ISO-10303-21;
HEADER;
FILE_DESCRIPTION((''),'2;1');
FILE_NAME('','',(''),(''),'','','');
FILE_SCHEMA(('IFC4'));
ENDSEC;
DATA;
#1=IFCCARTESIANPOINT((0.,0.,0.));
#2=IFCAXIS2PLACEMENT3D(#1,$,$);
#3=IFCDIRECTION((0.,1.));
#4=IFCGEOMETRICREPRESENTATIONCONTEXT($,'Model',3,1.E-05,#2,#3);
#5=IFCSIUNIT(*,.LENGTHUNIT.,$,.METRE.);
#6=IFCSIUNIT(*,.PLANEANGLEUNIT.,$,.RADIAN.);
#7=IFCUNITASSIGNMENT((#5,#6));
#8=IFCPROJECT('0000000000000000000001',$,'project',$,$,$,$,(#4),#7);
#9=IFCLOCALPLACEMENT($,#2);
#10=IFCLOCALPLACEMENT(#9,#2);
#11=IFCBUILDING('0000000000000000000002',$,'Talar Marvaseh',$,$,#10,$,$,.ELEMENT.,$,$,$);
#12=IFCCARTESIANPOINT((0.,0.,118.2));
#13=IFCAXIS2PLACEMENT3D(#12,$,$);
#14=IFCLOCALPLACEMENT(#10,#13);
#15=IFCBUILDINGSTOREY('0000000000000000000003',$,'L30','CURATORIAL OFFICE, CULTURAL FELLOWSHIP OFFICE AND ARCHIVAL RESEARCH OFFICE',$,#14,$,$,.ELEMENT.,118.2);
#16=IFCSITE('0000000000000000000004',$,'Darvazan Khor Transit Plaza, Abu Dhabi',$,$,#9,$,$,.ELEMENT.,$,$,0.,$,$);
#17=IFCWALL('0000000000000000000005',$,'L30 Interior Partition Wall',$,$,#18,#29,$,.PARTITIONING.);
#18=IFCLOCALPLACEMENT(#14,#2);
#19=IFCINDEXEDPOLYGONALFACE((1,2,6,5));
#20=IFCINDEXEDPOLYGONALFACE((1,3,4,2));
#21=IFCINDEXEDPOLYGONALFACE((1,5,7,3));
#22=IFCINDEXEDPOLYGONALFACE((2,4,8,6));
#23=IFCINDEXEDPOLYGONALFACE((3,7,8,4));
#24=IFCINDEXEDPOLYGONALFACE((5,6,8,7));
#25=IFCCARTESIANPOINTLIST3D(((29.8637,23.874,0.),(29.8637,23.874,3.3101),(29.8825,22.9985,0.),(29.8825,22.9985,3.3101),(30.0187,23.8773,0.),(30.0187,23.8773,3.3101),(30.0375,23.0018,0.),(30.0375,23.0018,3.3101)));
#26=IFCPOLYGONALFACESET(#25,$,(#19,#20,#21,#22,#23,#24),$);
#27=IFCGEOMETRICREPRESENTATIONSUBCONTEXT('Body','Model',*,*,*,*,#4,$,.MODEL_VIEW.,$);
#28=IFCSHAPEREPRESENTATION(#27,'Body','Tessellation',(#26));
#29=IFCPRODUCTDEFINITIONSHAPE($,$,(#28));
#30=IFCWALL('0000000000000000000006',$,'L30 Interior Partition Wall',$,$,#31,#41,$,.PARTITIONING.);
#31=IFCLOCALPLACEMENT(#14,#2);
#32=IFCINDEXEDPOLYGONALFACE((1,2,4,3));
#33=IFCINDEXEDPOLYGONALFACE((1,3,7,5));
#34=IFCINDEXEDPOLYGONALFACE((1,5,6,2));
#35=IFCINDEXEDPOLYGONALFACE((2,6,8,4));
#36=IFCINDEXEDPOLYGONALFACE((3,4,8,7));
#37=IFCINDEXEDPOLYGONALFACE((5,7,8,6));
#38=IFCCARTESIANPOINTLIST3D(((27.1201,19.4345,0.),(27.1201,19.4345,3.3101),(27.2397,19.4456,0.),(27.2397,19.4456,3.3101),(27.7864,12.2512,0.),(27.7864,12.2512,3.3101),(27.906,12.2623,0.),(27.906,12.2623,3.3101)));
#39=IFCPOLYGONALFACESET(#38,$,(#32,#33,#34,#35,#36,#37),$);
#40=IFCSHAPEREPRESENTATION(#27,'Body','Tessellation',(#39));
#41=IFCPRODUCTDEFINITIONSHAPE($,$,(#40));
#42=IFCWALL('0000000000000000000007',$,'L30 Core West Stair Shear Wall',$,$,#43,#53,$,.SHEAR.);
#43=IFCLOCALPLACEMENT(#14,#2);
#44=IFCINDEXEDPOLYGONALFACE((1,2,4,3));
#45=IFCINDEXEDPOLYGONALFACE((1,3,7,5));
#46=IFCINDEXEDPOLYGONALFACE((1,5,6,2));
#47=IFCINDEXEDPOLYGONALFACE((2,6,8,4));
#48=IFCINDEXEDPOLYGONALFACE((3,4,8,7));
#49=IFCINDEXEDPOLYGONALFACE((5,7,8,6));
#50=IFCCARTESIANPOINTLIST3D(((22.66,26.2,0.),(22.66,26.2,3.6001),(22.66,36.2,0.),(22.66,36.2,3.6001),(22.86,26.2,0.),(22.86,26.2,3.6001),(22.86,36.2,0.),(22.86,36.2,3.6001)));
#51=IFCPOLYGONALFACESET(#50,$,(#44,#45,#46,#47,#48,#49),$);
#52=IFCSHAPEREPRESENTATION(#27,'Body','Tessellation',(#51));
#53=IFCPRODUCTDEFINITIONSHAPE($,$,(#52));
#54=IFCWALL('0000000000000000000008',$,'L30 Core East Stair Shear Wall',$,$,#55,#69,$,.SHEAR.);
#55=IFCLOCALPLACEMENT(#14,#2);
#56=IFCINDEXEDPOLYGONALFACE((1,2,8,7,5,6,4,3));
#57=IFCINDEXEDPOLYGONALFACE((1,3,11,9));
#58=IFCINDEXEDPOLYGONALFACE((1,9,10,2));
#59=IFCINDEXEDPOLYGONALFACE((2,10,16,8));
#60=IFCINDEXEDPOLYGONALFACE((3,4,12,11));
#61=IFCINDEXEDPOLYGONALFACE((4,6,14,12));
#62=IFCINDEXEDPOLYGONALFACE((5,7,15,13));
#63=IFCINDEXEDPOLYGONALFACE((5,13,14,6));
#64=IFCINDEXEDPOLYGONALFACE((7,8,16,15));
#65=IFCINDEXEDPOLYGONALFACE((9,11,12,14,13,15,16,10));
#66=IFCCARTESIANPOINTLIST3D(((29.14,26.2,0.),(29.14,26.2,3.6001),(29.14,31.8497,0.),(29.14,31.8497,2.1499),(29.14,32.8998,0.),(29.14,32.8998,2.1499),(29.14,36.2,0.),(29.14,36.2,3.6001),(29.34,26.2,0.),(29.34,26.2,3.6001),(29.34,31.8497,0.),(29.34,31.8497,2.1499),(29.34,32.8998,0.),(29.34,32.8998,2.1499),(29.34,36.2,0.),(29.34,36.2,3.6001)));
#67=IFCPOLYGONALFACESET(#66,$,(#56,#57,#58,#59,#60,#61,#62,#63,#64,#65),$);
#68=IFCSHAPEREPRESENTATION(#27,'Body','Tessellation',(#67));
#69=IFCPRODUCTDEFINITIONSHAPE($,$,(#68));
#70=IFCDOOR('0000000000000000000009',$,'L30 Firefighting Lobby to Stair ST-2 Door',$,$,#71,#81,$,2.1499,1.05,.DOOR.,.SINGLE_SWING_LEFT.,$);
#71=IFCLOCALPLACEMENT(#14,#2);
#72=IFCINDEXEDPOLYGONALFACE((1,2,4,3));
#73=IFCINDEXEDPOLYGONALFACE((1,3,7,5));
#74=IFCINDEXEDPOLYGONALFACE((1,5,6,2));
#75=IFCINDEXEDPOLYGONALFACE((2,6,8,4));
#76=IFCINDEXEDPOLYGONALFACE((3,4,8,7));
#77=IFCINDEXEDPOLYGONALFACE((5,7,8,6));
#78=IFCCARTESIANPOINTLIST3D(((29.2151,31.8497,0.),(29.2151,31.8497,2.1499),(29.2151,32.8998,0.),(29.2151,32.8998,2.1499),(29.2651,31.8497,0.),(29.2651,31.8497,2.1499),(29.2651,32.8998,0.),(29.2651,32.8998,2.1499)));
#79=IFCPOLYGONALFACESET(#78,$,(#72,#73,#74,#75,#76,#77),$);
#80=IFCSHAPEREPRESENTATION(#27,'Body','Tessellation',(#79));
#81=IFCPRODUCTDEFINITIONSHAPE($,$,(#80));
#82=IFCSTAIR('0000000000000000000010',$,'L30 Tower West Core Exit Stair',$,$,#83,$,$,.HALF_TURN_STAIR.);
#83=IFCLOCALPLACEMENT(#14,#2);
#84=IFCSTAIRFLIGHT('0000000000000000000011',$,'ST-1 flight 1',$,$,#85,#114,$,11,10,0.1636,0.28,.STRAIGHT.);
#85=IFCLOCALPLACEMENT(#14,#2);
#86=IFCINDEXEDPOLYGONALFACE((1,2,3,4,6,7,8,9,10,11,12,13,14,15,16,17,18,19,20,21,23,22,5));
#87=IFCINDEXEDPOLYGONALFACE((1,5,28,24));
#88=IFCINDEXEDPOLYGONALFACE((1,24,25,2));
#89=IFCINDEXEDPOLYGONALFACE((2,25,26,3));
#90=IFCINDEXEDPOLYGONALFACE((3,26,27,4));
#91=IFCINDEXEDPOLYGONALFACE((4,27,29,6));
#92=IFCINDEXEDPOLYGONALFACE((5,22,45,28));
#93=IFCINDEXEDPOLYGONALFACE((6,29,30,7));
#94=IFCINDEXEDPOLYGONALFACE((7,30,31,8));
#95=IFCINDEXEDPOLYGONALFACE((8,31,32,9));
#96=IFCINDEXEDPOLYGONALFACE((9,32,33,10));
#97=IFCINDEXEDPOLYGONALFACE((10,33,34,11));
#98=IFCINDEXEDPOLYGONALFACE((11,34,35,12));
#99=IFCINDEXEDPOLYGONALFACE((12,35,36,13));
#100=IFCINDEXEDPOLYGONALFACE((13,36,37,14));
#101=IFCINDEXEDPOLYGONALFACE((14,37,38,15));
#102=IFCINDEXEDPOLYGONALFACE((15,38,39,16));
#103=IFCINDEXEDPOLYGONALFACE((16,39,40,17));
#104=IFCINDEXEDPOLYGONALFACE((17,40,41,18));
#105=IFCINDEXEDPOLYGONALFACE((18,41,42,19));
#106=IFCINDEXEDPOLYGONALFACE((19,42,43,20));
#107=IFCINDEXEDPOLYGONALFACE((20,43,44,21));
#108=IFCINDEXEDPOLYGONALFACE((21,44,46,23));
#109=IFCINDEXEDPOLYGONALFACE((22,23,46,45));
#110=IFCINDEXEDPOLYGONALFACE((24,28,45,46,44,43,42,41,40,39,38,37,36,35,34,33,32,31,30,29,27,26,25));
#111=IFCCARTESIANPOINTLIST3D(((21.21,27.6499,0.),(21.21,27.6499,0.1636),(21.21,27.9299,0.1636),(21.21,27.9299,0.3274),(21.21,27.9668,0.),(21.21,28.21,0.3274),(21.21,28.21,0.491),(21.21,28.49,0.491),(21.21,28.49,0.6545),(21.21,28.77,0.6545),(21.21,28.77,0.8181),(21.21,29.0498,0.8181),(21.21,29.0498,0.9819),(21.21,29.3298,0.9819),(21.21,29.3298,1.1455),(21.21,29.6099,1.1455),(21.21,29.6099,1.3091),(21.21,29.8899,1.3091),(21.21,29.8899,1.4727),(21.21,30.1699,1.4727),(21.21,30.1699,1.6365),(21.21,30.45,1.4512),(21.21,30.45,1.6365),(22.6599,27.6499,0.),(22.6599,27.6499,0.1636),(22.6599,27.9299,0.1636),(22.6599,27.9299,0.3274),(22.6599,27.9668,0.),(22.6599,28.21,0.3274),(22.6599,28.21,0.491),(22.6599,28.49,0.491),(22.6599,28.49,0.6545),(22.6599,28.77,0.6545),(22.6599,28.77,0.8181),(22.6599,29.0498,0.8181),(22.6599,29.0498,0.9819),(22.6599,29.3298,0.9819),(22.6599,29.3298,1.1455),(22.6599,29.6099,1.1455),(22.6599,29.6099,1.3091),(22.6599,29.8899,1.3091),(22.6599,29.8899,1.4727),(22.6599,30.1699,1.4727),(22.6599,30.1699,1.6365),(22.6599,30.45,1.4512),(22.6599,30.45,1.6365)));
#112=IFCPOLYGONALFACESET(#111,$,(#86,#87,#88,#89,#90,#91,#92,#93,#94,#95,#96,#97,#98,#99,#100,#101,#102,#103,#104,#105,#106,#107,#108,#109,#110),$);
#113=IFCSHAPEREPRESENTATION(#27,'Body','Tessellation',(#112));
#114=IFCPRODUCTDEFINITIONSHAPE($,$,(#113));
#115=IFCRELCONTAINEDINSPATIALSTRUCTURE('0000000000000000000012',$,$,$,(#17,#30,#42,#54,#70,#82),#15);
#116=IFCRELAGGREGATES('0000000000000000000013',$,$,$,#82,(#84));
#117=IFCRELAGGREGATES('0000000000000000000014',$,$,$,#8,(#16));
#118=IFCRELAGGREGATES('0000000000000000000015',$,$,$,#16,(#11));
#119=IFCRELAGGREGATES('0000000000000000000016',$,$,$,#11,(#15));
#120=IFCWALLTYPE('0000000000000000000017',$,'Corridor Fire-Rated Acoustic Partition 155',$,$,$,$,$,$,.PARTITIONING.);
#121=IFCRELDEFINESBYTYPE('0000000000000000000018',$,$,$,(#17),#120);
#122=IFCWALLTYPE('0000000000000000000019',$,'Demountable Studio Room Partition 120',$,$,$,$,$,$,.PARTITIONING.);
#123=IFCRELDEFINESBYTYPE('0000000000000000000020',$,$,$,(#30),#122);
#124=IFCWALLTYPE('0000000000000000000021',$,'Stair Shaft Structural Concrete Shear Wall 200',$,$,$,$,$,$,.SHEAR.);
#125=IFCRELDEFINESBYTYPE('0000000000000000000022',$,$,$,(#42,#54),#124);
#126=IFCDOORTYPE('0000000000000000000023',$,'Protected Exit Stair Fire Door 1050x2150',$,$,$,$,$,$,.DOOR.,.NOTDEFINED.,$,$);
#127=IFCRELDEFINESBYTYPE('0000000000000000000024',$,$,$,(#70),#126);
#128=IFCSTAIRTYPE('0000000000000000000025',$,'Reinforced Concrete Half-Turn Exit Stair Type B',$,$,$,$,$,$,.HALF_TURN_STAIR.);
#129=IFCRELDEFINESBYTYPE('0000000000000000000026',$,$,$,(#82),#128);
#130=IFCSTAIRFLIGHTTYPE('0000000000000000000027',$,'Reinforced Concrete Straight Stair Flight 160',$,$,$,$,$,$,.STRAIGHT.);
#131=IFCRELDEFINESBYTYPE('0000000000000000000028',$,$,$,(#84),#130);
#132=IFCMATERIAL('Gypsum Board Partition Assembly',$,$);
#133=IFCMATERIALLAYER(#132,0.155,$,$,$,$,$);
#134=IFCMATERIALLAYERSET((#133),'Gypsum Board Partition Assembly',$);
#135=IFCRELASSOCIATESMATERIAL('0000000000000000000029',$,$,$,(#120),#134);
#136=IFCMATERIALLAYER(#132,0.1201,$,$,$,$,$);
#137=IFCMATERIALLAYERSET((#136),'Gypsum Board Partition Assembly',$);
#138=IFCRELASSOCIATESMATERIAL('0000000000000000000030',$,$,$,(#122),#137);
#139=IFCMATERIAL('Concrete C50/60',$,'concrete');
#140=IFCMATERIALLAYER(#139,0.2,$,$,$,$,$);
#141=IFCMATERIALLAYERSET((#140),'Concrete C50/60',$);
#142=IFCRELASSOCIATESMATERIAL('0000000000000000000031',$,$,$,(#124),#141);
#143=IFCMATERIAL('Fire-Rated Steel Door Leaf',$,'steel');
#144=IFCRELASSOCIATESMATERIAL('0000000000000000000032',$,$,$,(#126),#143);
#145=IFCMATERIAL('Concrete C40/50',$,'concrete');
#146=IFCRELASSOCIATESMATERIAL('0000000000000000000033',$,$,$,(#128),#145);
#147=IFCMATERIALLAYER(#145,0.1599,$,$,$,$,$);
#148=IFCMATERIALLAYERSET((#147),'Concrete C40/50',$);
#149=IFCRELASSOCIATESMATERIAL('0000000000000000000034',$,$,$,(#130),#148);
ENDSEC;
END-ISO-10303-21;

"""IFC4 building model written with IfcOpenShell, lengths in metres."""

from ifc_helpers import new_model, si_unit, direction, frame, frame_2d, origin, place, context, subcontext, project, spatial, polyline, rectangle, outline, extrude, source, transform, mapped, material, layer, layer_set, type_object, type_shapes, element, fill, aggregate, save


model = new_model("IFC4")

# Units and contexts
model_context = context("Model", 3, precision=1e-05, world=origin(), true_north=direction((0.0, 1.0)))
body_context = subcontext(model_context, "Body", "Model", "MODEL_VIEW")
ifc_project = project(units=[si_unit("LENGTHUNIT", "METRE"), si_unit("PLANEANGLEUNIT", "RADIAN")], contexts=[model_context])

# Site, building, storey
site_placement = place(None, origin())
site = spatial("IfcSite", under=ifc_project, at=site_placement, Name="Darvazan Khor Transit Plaza, Abu Dhabi", CompositionType="ELEMENT", RefElevation=0.0)
building_placement = place(site_placement, origin())
building = spatial("IfcBuilding", under=site, at=building_placement, Name="Talar Marvaseh", CompositionType="ELEMENT")
storey_placement = place(building_placement, frame((0.0, 0.0, 118.2)))
storey = spatial("IfcBuildingStorey", under=building, at=storey_placement, Name="L30", Description="CURATORIAL OFFICE, CULTURAL FELLOWSHIP OFFICE AND ARCHIVAL RESEARCH OFFICE", CompositionType="ELEMENT", Elevation=118.2)

# Shared definitions
ifc_material_1 = material(Name="Concrete C40/50", Category="concrete")

# Shared definitions
ifc_material_2 = material(Name="Gypsum Board Partition Assembly")
ifc_layer_1 = layer(ifc_material_2, 0.155)
ifc_layer_set_1 = layer_set([ifc_layer_1], Name="Gypsum Board Partition Assembly")
wall_type_1 = type_object("IfcWallType", Name="Corridor Fire-Rated Acoustic Partition 155", PredefinedType="PARTITIONING", material=ifc_layer_set_1)
ifc_material_3 = material(Name="Fire-Rated Steel Door Leaf", Category="steel")

# Walls
wall_1_placement = place(storey_placement, frame((29.96, 23.0, 0.0), z_axis=(0.0, 0.0, 1.0), x_axis=(-0.021467, 0.99977, 0.0)))
element("IfcWall", 1, at=wall_1_placement, inside=storey, type_object=wall_type_1, Name="L30 Interior Partition Wall", PredefinedType="PARTITIONING", context=body_context, shape_type="SweptSolid", body=[
    extrude(rectangle(XDim=0.8757, YDim=0.155, at=frame_2d((0.438, 0.0))), origin(), (0.0, 0.0, 1.0), 3.3101),
])
ifc_layer_2 = layer(ifc_material_2, 0.1201)
ifc_layer_set_2 = layer_set([ifc_layer_2], Name="Gypsum Board Partition Assembly")
wall_type_2 = type_object("IfcWallType", Name="Demountable Studio Room Partition 120", PredefinedType="PARTITIONING", material=ifc_layer_set_2)
wall_2_placement = place(storey_placement, frame((27.1799, 19.4399, 0.0), z_axis=(0.0, 0.0, 1.0), x_axis=(0.092354, -0.995726, 0.0)))
element("IfcWall", 2, at=wall_2_placement, inside=storey, type_object=wall_type_2, Name="L30 Interior Partition Wall", PredefinedType="PARTITIONING", context=body_context, shape_type="SweptSolid", body=[
    extrude(rectangle(XDim=7.2141, YDim=0.1201, at=frame_2d((3.6069, 0.0))), origin(), (0.0, 0.0, 1.0), 3.3101),
])
ifc_material_4 = material(Name="Concrete C50/60", Category="concrete")
ifc_layer_3 = layer(ifc_material_4, 0.2)
ifc_layer_set_3 = layer_set([ifc_layer_3], Name="Concrete C50/60")
wall_type_3 = type_object("IfcWallType", Name="Stair Shaft Structural Concrete Shear Wall 200", PredefinedType="SHEAR", material=ifc_layer_set_3)
wall_3_placement = place(storey_placement, frame((22.76, 26.2, 0.0), z_axis=(0.0, 0.0, 1.0), x_axis=(0.0, 1.0, 0.0)))
element("IfcWall", 3, at=wall_3_placement, inside=storey, type_object=wall_type_3, Name="L30 Core West Stair Shear Wall", PredefinedType="SHEAR", context=body_context, shape_type="SweptSolid", body=[
    extrude(rectangle(XDim=10.0, YDim=0.2, at=frame_2d((5.0, 0.0))), origin(), (0.0, 0.0, 1.0), 3.6001),
])

# Wall, opening, door
wall_4_placement = place(storey_placement, frame((29.24, 26.2, 0.0), z_axis=(0.0, 0.0, 1.0), x_axis=(0.0, 1.0, 0.0)))
wall_4 = element("IfcWall", 4, at=wall_4_placement, inside=storey, type_object=wall_type_3, Name="L30 Core East Stair Shear Wall", PredefinedType="SHEAR", context=body_context, shape_type="SweptSolid", body=[
    extrude(rectangle(XDim=10.0, YDim=0.2, at=frame_2d((5.0, 0.0))), origin(), (0.0, 0.0, 1.0), 3.6001),
])
opening_1_placement = place(wall_4_placement, frame((5.6499, 0.0, 0.0)))
opening_1 = element("IfcOpeningElement", 5, at=opening_1_placement, cuts=wall_4, PredefinedType="OPENING", context=body_context, shape_type="SweptSolid", body=[
    extrude(rectangle(XDim=1.05, YDim=2.1499, at=frame_2d((0.5249, 1.075))), frame((0.0, 0.1099, 0.0), z_axis=(0.0, -1.0, 0.0), x_axis=(1.0, 0.0, 0.0)), (0.0, 0.0, 1.0), 0.22),
])
door_type_1 = type_object("IfcDoorType", Name="Protected Exit Stair Fire Door 1050x2150", OperationType="NOTDEFINED", PredefinedType="DOOR", material=ifc_material_3)
shared_shape_1 = source(origin(), body_context, "Body", "SweptSolid", [
    extrude(rectangle(XDim=1.05, YDim=2.1499, at=frame_2d((0.5249, 1.075))), frame((0.0, 0.0249, 0.0), z_axis=(0.0, -1.0, 0.0), x_axis=(1.0, 0.0, 0.0)), (0.0, 0.0, 1.0), 0.05),
])
type_shapes(door_type_1, [shared_shape_1])
door_1_placement = place(opening_1_placement, origin())
door_1 = element("IfcDoor", 6, at=door_1_placement, inside=storey, type_object=door_type_1, Name="L30 Firefighting Lobby to Stair ST-2 Door", OperationType="SINGLE_SWING_LEFT", OverallHeight=2.1499, OverallWidth=1.05, PredefinedType="DOOR", context=body_context, shape_type="MappedRepresentation", body=[
    mapped(shared_shape_1, transform((0.0, 0.0, 0.0), x_axis=(1.0, 0.0, 0.0), y_axis=(0.0, 1.0, 0.0), z_axis=(0.0, 0.0, 1.0), scale=1.0)),
])
fill(opening_1, door_1)

# Stair, stair flight
stair_type = type_object("IfcStairType", Name="Reinforced Concrete Half-Turn Exit Stair Type B", PredefinedType="HALF_TURN_STAIR", material=ifc_material_1)
stair_placement = place(storey_placement, origin())
stair = element("IfcStair", 7, at=stair_placement, inside=storey, type_object=stair_type, Name="L30 Tower West Core Exit Stair", PredefinedType="HALF_TURN_STAIR")
ifc_layer_4 = layer(ifc_material_1, 0.1599)
ifc_layer_set_4 = layer_set([ifc_layer_4], Name="Concrete C40/50")
stair_flight_type = type_object("IfcStairFlightType", Name="Reinforced Concrete Straight Stair Flight 160", PredefinedType="STRAIGHT", material=ifc_layer_set_4)
stair_flight_placement = place(storey_placement, frame((21.9351, 27.6499, 0.0), z_axis=(0.0, 0.0, 1.0), x_axis=(0.0, 1.0, 0.0)))
stair_flight = element("IfcStairFlight", 8, at=stair_flight_placement, type_object=stair_flight_type, Name="ST-1 flight 1", NumberOfRisers=11, NumberOfTreads=10, PredefinedType="STRAIGHT", RiserHeight=0.1636, TreadLength=0.28, context=body_context, shape_type="SweptSolid", body=[
    extrude(outline(polyline([(0.0, 0.0), (0.0, 0.1636), (0.28, 0.1636), (0.28, 0.3274), (0.5601, 0.3274), (0.5601, 0.491), (0.8401, 0.491), (0.8401, 0.6545), (1.1201, 0.6545), (1.1201, 0.8181), (1.3999, 0.8181), (1.3999, 0.9819), (1.6799, 0.9819), (1.6799, 1.1455), (1.96, 1.1455), (1.96, 1.3091), (2.24, 1.3091), (2.24, 1.4727), (2.52, 1.4727), (2.52, 1.6365), (2.8, 1.6365), (2.8, 1.8), (2.8, 1.4512), (0.3169, 0.0), (0.0, 0.0)])), frame((0.0, 0.7251, 0.0), z_axis=(0.0, -1.0, 0.0), x_axis=(1.0, 0.0, 0.0)), (0.0, 0.0, 1.0), 1.45),
])
aggregate(stair, [stair_flight])

save(model, "model.ifc")
